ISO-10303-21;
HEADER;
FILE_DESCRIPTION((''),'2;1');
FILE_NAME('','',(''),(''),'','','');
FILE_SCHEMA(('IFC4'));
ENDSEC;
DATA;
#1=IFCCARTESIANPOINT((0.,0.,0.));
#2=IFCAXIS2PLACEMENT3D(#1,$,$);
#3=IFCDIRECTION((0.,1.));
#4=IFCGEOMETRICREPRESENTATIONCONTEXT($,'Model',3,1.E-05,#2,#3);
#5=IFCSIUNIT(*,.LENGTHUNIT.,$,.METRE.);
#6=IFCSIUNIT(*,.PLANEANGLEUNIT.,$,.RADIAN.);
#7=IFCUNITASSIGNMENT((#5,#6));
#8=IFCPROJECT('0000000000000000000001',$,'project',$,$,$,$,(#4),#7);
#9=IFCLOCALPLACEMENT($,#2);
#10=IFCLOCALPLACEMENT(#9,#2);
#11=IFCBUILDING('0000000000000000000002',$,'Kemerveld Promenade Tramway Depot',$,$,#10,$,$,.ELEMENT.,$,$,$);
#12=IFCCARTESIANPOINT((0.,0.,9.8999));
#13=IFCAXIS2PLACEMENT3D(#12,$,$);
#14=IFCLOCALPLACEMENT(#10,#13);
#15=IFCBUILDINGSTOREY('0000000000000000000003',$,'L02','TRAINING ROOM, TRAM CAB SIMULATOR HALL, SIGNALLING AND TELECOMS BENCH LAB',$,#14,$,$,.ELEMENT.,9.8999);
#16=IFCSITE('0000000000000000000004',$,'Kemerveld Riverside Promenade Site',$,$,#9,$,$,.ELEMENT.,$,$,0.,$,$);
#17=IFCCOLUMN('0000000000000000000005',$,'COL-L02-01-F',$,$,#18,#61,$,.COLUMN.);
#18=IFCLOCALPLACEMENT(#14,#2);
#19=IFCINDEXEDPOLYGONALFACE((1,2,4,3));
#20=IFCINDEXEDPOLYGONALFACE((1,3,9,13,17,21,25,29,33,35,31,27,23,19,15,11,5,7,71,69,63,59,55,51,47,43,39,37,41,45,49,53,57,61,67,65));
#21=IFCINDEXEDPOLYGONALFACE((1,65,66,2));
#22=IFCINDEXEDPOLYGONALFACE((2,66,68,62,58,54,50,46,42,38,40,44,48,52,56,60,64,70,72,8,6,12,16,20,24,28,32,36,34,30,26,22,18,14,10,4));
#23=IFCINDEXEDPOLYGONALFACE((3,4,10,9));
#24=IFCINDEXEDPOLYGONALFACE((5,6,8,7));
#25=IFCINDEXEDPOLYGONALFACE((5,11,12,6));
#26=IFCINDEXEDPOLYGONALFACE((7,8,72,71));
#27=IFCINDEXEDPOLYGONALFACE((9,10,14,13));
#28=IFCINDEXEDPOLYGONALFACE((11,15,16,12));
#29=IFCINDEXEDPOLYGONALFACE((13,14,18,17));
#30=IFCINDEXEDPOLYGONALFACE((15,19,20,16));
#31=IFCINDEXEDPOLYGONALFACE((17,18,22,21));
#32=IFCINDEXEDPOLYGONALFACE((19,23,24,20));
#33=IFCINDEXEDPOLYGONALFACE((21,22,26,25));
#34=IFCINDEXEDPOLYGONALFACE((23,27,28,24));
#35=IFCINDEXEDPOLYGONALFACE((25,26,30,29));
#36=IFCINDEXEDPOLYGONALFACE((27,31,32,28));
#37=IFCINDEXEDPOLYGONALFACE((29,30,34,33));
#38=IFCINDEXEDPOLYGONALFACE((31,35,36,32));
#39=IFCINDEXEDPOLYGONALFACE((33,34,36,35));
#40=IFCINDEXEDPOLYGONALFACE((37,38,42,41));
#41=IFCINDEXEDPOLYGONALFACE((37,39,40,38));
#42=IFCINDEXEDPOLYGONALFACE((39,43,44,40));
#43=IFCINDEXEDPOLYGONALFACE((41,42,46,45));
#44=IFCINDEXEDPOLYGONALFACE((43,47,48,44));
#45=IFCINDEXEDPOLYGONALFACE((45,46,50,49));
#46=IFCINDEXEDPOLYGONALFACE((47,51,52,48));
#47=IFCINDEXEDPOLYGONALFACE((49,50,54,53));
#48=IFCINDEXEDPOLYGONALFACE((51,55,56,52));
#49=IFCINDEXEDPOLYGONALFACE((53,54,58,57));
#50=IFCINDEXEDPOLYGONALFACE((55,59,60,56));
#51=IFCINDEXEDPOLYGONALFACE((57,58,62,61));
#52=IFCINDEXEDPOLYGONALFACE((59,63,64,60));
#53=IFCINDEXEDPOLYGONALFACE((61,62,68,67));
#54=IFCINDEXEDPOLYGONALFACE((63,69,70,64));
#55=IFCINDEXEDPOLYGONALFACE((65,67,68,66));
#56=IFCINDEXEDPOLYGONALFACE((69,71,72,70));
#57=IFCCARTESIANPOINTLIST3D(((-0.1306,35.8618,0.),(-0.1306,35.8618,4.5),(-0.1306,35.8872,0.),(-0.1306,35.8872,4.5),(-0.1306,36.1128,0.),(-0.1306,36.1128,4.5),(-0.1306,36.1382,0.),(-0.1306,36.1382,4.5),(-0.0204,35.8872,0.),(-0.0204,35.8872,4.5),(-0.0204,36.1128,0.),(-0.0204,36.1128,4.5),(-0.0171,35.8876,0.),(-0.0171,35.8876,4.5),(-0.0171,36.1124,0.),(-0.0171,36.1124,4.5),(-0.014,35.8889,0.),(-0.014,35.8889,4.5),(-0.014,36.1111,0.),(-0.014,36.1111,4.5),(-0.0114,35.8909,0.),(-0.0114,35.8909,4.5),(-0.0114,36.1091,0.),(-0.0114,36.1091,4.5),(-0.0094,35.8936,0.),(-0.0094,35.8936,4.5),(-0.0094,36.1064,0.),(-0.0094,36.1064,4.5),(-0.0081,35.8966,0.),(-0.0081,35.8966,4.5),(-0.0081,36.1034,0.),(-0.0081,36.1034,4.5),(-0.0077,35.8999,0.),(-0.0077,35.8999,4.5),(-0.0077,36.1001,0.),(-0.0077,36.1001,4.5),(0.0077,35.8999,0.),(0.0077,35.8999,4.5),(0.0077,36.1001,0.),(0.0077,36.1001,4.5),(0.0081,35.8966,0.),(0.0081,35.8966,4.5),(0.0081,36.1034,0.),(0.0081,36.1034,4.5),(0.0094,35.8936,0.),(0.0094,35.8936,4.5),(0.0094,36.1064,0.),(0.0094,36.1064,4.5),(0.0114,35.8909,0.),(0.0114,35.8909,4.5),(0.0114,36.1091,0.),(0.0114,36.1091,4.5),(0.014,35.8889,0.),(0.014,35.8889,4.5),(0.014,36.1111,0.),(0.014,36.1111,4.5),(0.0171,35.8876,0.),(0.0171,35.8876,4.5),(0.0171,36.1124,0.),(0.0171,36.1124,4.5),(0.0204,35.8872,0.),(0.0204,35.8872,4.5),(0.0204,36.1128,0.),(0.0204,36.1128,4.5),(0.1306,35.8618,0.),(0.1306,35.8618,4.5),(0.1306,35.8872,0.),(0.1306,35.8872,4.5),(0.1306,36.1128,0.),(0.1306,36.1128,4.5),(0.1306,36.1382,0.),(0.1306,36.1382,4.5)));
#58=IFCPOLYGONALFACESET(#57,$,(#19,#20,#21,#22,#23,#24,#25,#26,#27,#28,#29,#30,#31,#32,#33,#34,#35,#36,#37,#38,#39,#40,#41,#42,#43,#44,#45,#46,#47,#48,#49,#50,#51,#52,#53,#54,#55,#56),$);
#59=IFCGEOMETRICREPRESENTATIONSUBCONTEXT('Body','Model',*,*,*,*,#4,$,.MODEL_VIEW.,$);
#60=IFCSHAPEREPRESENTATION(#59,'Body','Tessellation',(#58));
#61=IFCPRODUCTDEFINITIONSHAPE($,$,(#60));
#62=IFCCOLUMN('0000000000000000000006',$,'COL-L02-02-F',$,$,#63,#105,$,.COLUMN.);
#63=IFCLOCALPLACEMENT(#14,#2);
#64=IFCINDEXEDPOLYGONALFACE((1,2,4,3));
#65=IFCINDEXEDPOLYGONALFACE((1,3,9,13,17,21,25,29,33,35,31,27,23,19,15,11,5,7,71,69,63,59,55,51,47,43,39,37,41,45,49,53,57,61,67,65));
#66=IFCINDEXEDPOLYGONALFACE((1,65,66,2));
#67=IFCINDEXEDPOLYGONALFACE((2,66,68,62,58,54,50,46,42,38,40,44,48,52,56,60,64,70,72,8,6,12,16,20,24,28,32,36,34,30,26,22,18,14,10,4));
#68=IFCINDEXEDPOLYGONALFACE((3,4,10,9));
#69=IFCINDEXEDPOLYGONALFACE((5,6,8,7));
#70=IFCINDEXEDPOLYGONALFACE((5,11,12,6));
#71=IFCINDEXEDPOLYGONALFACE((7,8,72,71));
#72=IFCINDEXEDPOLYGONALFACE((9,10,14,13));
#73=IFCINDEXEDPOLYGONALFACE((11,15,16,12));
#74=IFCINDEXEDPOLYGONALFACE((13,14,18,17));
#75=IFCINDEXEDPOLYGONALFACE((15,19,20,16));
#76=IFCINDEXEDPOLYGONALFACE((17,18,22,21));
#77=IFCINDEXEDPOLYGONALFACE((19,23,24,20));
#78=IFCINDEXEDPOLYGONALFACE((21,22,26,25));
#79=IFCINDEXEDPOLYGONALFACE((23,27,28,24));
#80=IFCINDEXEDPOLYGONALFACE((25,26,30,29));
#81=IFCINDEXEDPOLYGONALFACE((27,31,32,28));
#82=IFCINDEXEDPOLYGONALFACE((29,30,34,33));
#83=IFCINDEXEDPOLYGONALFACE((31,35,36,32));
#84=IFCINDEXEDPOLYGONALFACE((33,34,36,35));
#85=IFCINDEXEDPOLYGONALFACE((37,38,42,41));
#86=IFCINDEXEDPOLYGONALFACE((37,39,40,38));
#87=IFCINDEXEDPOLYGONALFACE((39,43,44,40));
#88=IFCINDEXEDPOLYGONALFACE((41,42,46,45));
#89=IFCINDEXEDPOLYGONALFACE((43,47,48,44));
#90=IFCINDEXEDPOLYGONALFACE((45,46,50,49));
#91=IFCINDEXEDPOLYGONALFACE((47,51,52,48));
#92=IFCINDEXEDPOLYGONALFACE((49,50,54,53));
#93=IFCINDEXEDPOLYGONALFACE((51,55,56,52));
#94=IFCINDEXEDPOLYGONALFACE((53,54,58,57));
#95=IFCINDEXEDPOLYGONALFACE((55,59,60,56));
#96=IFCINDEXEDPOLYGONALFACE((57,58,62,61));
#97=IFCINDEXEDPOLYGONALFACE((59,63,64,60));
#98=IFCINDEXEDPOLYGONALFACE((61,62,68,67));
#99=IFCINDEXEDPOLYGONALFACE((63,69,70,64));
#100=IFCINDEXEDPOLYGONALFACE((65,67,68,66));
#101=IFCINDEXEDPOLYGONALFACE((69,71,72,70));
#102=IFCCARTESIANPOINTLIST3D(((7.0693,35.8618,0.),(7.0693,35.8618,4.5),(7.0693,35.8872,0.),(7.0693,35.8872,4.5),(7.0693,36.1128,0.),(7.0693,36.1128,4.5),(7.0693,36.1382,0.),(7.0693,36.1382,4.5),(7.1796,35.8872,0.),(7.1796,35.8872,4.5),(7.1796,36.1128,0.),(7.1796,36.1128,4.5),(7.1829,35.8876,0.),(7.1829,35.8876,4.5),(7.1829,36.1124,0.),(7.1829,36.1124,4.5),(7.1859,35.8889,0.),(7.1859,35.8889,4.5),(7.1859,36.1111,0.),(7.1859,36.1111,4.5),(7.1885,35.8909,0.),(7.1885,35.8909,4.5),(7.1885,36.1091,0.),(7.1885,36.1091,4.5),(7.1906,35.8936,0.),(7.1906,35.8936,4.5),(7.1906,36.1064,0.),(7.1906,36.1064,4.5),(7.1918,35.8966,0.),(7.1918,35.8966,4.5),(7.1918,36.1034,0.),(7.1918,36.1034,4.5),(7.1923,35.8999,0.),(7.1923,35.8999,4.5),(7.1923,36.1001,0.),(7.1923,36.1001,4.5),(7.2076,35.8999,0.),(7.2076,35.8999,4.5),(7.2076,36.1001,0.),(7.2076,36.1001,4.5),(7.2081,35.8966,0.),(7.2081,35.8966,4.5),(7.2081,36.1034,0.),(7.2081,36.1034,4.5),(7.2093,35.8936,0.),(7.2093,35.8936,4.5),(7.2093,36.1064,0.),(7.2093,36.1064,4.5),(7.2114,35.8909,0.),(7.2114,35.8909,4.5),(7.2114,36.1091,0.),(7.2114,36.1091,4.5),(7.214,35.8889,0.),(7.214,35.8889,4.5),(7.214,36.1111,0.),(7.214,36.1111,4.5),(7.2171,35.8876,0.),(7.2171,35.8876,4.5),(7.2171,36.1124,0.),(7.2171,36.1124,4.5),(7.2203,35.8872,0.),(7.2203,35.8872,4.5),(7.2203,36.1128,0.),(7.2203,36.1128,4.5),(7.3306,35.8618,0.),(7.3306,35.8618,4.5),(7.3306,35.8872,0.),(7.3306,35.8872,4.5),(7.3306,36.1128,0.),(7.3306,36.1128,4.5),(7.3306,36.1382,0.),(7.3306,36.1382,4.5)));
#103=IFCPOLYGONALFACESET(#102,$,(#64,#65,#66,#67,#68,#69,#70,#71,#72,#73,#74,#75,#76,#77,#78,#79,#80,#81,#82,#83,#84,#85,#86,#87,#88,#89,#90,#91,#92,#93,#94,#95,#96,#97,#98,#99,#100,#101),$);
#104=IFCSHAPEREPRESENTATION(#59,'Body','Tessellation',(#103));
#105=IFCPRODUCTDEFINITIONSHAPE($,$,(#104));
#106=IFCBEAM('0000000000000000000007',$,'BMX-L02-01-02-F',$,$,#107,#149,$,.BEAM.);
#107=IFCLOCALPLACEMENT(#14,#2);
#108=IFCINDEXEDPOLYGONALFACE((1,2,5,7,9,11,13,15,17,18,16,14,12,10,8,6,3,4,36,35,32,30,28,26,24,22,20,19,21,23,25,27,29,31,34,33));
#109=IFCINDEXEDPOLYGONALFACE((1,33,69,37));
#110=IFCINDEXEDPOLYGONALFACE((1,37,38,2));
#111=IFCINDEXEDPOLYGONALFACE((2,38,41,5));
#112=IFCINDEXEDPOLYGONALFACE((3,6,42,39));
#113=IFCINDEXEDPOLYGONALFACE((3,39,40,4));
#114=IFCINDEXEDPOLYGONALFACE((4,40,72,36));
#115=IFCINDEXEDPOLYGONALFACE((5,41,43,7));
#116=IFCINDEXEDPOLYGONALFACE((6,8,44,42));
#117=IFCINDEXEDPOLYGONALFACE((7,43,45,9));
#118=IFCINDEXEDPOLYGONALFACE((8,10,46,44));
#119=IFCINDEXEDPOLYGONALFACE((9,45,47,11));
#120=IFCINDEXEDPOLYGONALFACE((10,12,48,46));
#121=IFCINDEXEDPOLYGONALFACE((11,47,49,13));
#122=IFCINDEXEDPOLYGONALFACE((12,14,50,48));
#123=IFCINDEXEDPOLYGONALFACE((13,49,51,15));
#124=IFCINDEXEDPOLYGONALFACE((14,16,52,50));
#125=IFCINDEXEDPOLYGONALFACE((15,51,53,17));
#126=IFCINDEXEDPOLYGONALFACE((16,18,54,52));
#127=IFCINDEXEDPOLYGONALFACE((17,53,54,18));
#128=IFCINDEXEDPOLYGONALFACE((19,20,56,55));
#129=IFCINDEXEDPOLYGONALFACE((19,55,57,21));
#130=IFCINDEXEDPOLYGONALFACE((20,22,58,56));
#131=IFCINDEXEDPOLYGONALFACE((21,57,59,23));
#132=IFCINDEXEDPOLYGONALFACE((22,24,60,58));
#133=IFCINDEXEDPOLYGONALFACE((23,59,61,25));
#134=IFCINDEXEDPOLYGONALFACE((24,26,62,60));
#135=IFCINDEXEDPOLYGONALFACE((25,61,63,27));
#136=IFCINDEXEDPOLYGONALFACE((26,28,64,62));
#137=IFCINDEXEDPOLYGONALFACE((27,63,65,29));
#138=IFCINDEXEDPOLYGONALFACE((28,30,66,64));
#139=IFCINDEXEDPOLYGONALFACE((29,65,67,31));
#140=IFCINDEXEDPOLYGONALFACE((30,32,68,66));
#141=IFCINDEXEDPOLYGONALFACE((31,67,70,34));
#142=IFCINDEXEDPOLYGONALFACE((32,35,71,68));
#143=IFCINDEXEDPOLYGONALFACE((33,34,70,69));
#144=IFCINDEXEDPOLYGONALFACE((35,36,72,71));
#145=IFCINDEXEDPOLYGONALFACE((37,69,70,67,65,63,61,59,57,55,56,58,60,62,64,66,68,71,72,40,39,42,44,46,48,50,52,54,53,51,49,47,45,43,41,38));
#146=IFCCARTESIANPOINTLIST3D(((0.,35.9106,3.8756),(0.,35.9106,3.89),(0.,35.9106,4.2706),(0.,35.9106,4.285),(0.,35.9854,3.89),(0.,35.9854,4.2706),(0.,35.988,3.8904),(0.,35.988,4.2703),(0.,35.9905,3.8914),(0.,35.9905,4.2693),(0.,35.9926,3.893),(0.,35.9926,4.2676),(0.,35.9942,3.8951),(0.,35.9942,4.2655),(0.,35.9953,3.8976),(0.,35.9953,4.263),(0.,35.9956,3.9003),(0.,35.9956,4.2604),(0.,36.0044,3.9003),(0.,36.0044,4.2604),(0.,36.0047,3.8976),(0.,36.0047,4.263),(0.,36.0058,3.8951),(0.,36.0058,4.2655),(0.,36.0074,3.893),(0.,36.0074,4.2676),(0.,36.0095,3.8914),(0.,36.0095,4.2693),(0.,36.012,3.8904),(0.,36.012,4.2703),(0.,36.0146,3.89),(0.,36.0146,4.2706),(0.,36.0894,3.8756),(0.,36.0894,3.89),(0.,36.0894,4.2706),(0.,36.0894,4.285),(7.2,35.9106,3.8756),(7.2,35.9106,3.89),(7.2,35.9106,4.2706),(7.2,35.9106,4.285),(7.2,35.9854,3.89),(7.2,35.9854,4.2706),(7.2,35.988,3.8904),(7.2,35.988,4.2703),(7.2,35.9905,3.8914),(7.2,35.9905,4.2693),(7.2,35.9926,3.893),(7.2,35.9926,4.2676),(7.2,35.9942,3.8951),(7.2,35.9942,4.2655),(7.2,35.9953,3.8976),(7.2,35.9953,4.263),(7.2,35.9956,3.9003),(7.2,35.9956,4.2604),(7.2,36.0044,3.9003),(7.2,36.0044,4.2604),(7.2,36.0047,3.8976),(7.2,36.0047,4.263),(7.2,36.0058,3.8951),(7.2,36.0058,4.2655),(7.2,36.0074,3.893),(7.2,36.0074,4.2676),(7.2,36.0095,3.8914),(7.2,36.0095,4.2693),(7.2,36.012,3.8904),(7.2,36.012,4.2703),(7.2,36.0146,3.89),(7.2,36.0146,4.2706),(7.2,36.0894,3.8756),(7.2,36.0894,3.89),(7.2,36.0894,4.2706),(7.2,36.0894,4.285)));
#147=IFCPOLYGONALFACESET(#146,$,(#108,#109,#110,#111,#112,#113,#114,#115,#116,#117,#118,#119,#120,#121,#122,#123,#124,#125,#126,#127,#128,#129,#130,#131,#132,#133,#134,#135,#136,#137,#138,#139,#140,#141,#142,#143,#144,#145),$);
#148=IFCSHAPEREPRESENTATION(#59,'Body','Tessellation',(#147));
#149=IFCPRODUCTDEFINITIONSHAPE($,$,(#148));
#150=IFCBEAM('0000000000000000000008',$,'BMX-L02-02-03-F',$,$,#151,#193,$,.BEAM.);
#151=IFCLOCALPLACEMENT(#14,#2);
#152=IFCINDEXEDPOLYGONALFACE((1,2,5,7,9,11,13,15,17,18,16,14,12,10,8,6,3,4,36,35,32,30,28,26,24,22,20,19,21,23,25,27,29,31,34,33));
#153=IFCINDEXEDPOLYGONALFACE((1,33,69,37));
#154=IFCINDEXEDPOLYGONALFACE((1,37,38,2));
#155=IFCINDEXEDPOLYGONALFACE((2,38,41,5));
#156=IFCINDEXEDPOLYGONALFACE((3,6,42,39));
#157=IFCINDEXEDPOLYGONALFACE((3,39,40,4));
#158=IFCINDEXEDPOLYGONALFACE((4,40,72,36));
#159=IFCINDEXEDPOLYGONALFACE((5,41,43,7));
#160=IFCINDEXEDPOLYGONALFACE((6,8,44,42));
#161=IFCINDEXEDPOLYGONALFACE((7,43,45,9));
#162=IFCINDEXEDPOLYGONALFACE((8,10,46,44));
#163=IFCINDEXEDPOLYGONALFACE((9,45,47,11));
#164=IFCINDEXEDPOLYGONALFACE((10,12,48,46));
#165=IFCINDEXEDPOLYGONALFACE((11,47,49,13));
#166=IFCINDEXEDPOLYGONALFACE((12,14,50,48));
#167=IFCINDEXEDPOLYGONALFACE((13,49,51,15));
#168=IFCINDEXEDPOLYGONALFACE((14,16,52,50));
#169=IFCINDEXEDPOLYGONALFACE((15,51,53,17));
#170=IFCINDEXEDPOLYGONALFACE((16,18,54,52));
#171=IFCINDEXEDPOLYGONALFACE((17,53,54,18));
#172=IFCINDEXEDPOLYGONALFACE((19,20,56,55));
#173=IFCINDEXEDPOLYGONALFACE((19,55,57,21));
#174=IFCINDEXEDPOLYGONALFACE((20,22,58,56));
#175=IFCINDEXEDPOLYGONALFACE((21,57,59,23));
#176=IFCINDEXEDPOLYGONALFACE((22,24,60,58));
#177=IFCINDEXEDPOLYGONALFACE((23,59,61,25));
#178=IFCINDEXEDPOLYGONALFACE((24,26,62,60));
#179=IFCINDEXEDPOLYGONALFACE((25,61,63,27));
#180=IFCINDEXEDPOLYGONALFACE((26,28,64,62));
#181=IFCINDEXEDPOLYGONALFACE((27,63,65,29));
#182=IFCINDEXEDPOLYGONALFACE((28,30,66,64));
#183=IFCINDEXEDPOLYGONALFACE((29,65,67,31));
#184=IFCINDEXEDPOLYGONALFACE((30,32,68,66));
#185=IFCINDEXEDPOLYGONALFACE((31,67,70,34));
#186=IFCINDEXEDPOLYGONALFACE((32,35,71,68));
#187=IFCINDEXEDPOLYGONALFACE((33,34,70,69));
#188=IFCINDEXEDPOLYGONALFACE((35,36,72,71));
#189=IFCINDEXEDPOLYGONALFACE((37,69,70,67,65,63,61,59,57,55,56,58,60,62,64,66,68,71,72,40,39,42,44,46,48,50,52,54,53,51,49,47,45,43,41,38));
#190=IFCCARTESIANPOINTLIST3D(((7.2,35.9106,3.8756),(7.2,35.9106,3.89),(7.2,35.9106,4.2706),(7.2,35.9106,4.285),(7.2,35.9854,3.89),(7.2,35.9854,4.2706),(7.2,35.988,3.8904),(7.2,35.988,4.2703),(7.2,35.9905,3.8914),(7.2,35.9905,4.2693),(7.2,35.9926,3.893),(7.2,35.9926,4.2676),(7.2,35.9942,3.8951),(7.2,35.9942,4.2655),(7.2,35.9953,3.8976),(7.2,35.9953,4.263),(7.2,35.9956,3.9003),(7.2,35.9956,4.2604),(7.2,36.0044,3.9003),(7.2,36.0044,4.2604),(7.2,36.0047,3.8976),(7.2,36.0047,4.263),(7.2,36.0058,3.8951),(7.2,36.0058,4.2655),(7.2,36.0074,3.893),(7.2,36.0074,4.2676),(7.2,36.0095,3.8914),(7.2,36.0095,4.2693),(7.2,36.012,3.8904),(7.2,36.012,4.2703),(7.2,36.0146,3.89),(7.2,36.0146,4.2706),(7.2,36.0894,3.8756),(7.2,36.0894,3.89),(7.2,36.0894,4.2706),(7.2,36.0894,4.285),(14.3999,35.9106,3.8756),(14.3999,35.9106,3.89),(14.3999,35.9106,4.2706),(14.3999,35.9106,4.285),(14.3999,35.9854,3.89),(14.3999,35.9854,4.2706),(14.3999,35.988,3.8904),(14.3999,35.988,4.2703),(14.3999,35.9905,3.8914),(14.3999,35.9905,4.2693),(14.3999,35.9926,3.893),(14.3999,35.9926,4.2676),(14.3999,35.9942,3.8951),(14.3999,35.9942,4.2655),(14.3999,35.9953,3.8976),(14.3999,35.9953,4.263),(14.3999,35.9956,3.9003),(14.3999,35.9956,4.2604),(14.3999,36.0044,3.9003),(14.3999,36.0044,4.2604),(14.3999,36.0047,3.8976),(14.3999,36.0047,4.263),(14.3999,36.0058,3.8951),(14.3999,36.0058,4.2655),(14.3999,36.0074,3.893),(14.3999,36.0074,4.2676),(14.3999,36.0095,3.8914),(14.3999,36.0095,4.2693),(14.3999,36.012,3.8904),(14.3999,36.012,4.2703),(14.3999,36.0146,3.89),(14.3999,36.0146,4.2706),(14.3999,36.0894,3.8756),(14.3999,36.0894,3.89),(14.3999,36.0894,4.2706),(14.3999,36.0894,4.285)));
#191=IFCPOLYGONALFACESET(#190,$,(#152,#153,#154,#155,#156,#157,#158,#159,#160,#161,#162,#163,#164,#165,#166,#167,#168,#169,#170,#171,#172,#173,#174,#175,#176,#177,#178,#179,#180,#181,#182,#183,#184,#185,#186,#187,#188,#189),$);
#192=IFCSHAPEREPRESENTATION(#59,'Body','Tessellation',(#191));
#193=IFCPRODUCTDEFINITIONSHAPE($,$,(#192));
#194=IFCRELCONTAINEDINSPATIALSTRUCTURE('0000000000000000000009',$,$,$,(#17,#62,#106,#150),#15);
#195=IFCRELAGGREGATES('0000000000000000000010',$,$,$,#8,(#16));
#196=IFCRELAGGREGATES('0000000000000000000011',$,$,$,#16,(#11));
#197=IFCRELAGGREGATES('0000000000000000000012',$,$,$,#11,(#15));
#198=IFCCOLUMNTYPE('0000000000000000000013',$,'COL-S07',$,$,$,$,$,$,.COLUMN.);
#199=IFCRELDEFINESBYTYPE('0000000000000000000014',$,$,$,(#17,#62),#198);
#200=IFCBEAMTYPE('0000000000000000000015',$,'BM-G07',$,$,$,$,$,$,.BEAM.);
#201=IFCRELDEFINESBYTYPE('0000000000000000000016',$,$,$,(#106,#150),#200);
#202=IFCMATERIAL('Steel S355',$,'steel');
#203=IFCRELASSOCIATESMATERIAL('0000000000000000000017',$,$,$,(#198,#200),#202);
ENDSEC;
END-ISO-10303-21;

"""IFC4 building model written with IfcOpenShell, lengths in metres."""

from ifc_helpers import new_model, si_unit, direction, frame, origin, origin_2d, place, context, subcontext, project, spatial, i_section, extrude, material, material_profile, profile_set, type_object, element, save


model = new_model("IFC4")

# Units and contexts
model_context = context("Model", 3, precision=1e-05, world=origin(), true_north=direction((0.0, 1.0)))
body_context = subcontext(model_context, "Body", "Model", "MODEL_VIEW")
ifc_project = project(units=[si_unit("LENGTHUNIT", "METRE"), si_unit("PLANEANGLEUNIT", "RADIAN")], contexts=[model_context])

# Site, building, storey
site_placement = place(None, origin())
site = spatial("IfcSite", under=ifc_project, at=site_placement, Name="Kemerveld Riverside Promenade Site", CompositionType="ELEMENT", RefElevation=0.0)
building_placement = place(site_placement, origin())
building = spatial("IfcBuilding", under=site, at=building_placement, Name="Kemerveld Promenade Tramway Depot", CompositionType="ELEMENT")
storey_placement = place(building_placement, frame((0.0, 0.0, 9.8999)))
storey = spatial("IfcBuildingStorey", under=building, at=storey_placement, Name="L02", Description="TRAINING ROOM, TRAM CAB SIMULATOR HALL, SIGNALLING AND TELECOMS BENCH LAB", CompositionType="ELEMENT", Elevation=9.8999)

# Columns
ifc_material_1 = material(Name="Steel S355", Category="steel")
ifc_material_profile_1 = material_profile(ifc_material_1, i_section(OverallWidth=0.2612, OverallDepth=0.2764, WebThickness=0.0154, FlangeThickness=0.0254, FilletRadius=0.0127, at=origin_2d()), Name="254x254x132 UC")
ifc_profile_set_1 = profile_set([ifc_material_profile_1], Name="Steel S355")
column_type = type_object("IfcColumnType", Name="COL-S07", PredefinedType="COLUMN", material=ifc_profile_set_1)
for number, where, z_axis, x_axis, name in (
    (1, (0.0, 36.0, 0.0), (0.0, 0.0, 1.0), (1.0, 0.0, 0.0), "COL-L02-01-F"),
    (2, (7.2, 36.0, 0.0), (0.0, 0.0, 1.0), (1.0, 0.0, 0.0), "COL-L02-02-F"),
):
    element("IfcColumn", number, at=place(storey_placement, frame(where, z_axis=z_axis, x_axis=x_axis)), inside=storey, type_object=column_type, Name=name, PredefinedType="COLUMN", context=body_context, shape_type="SweptSolid", body=[
        extrude(i_section(OverallWidth=0.2612, OverallDepth=0.2764, WebThickness=0.0154, FlangeThickness=0.0254, FilletRadius=0.0127, at=origin_2d()), origin(), (0.0, 0.0, 1.0), 4.5),
    ])

# Beams
ifc_material_profile_2 = material_profile(ifc_material_1, i_section(OverallWidth=0.1787, OverallDepth=0.4094, WebThickness=0.0088, FlangeThickness=0.0144, FilletRadius=0.0103, at=origin_2d()), Name="406x178x67 UB")
ifc_profile_set_2 = profile_set([ifc_material_profile_2], Name="Steel S355")
beam_type_1 = type_object("IfcBeamType", Name="BM-G07", PredefinedType="BEAM", material=ifc_profile_set_2)
for number, where, z_axis, x_axis, name in (
    (3, (0.0, 36.0, 4.0803), (1.0, 0.0, 0.0), (0.0, 1.0, 0.0), "BMX-L02-01-02-F"),
    (4, (7.2, 36.0, 4.0803), (1.0, 0.0, 0.0), (0.0, 1.0, 0.0), "BMX-L02-02-03-F"),
):
    element("IfcBeam", number, at=place(storey_placement, frame(where, z_axis=z_axis, x_axis=x_axis)), inside=storey, type_object=beam_type_1, Name=name, PredefinedType="BEAM", context=body_context, shape_type="SweptSolid", body=[
        extrude(i_section(OverallWidth=0.1787, OverallDepth=0.4094, WebThickness=0.0088, FlangeThickness=0.0144, FilletRadius=0.0103, at=origin_2d()), origin(), (0.0, 0.0, 1.0), 7.2),
    ])

save(model, "model.ifc")
